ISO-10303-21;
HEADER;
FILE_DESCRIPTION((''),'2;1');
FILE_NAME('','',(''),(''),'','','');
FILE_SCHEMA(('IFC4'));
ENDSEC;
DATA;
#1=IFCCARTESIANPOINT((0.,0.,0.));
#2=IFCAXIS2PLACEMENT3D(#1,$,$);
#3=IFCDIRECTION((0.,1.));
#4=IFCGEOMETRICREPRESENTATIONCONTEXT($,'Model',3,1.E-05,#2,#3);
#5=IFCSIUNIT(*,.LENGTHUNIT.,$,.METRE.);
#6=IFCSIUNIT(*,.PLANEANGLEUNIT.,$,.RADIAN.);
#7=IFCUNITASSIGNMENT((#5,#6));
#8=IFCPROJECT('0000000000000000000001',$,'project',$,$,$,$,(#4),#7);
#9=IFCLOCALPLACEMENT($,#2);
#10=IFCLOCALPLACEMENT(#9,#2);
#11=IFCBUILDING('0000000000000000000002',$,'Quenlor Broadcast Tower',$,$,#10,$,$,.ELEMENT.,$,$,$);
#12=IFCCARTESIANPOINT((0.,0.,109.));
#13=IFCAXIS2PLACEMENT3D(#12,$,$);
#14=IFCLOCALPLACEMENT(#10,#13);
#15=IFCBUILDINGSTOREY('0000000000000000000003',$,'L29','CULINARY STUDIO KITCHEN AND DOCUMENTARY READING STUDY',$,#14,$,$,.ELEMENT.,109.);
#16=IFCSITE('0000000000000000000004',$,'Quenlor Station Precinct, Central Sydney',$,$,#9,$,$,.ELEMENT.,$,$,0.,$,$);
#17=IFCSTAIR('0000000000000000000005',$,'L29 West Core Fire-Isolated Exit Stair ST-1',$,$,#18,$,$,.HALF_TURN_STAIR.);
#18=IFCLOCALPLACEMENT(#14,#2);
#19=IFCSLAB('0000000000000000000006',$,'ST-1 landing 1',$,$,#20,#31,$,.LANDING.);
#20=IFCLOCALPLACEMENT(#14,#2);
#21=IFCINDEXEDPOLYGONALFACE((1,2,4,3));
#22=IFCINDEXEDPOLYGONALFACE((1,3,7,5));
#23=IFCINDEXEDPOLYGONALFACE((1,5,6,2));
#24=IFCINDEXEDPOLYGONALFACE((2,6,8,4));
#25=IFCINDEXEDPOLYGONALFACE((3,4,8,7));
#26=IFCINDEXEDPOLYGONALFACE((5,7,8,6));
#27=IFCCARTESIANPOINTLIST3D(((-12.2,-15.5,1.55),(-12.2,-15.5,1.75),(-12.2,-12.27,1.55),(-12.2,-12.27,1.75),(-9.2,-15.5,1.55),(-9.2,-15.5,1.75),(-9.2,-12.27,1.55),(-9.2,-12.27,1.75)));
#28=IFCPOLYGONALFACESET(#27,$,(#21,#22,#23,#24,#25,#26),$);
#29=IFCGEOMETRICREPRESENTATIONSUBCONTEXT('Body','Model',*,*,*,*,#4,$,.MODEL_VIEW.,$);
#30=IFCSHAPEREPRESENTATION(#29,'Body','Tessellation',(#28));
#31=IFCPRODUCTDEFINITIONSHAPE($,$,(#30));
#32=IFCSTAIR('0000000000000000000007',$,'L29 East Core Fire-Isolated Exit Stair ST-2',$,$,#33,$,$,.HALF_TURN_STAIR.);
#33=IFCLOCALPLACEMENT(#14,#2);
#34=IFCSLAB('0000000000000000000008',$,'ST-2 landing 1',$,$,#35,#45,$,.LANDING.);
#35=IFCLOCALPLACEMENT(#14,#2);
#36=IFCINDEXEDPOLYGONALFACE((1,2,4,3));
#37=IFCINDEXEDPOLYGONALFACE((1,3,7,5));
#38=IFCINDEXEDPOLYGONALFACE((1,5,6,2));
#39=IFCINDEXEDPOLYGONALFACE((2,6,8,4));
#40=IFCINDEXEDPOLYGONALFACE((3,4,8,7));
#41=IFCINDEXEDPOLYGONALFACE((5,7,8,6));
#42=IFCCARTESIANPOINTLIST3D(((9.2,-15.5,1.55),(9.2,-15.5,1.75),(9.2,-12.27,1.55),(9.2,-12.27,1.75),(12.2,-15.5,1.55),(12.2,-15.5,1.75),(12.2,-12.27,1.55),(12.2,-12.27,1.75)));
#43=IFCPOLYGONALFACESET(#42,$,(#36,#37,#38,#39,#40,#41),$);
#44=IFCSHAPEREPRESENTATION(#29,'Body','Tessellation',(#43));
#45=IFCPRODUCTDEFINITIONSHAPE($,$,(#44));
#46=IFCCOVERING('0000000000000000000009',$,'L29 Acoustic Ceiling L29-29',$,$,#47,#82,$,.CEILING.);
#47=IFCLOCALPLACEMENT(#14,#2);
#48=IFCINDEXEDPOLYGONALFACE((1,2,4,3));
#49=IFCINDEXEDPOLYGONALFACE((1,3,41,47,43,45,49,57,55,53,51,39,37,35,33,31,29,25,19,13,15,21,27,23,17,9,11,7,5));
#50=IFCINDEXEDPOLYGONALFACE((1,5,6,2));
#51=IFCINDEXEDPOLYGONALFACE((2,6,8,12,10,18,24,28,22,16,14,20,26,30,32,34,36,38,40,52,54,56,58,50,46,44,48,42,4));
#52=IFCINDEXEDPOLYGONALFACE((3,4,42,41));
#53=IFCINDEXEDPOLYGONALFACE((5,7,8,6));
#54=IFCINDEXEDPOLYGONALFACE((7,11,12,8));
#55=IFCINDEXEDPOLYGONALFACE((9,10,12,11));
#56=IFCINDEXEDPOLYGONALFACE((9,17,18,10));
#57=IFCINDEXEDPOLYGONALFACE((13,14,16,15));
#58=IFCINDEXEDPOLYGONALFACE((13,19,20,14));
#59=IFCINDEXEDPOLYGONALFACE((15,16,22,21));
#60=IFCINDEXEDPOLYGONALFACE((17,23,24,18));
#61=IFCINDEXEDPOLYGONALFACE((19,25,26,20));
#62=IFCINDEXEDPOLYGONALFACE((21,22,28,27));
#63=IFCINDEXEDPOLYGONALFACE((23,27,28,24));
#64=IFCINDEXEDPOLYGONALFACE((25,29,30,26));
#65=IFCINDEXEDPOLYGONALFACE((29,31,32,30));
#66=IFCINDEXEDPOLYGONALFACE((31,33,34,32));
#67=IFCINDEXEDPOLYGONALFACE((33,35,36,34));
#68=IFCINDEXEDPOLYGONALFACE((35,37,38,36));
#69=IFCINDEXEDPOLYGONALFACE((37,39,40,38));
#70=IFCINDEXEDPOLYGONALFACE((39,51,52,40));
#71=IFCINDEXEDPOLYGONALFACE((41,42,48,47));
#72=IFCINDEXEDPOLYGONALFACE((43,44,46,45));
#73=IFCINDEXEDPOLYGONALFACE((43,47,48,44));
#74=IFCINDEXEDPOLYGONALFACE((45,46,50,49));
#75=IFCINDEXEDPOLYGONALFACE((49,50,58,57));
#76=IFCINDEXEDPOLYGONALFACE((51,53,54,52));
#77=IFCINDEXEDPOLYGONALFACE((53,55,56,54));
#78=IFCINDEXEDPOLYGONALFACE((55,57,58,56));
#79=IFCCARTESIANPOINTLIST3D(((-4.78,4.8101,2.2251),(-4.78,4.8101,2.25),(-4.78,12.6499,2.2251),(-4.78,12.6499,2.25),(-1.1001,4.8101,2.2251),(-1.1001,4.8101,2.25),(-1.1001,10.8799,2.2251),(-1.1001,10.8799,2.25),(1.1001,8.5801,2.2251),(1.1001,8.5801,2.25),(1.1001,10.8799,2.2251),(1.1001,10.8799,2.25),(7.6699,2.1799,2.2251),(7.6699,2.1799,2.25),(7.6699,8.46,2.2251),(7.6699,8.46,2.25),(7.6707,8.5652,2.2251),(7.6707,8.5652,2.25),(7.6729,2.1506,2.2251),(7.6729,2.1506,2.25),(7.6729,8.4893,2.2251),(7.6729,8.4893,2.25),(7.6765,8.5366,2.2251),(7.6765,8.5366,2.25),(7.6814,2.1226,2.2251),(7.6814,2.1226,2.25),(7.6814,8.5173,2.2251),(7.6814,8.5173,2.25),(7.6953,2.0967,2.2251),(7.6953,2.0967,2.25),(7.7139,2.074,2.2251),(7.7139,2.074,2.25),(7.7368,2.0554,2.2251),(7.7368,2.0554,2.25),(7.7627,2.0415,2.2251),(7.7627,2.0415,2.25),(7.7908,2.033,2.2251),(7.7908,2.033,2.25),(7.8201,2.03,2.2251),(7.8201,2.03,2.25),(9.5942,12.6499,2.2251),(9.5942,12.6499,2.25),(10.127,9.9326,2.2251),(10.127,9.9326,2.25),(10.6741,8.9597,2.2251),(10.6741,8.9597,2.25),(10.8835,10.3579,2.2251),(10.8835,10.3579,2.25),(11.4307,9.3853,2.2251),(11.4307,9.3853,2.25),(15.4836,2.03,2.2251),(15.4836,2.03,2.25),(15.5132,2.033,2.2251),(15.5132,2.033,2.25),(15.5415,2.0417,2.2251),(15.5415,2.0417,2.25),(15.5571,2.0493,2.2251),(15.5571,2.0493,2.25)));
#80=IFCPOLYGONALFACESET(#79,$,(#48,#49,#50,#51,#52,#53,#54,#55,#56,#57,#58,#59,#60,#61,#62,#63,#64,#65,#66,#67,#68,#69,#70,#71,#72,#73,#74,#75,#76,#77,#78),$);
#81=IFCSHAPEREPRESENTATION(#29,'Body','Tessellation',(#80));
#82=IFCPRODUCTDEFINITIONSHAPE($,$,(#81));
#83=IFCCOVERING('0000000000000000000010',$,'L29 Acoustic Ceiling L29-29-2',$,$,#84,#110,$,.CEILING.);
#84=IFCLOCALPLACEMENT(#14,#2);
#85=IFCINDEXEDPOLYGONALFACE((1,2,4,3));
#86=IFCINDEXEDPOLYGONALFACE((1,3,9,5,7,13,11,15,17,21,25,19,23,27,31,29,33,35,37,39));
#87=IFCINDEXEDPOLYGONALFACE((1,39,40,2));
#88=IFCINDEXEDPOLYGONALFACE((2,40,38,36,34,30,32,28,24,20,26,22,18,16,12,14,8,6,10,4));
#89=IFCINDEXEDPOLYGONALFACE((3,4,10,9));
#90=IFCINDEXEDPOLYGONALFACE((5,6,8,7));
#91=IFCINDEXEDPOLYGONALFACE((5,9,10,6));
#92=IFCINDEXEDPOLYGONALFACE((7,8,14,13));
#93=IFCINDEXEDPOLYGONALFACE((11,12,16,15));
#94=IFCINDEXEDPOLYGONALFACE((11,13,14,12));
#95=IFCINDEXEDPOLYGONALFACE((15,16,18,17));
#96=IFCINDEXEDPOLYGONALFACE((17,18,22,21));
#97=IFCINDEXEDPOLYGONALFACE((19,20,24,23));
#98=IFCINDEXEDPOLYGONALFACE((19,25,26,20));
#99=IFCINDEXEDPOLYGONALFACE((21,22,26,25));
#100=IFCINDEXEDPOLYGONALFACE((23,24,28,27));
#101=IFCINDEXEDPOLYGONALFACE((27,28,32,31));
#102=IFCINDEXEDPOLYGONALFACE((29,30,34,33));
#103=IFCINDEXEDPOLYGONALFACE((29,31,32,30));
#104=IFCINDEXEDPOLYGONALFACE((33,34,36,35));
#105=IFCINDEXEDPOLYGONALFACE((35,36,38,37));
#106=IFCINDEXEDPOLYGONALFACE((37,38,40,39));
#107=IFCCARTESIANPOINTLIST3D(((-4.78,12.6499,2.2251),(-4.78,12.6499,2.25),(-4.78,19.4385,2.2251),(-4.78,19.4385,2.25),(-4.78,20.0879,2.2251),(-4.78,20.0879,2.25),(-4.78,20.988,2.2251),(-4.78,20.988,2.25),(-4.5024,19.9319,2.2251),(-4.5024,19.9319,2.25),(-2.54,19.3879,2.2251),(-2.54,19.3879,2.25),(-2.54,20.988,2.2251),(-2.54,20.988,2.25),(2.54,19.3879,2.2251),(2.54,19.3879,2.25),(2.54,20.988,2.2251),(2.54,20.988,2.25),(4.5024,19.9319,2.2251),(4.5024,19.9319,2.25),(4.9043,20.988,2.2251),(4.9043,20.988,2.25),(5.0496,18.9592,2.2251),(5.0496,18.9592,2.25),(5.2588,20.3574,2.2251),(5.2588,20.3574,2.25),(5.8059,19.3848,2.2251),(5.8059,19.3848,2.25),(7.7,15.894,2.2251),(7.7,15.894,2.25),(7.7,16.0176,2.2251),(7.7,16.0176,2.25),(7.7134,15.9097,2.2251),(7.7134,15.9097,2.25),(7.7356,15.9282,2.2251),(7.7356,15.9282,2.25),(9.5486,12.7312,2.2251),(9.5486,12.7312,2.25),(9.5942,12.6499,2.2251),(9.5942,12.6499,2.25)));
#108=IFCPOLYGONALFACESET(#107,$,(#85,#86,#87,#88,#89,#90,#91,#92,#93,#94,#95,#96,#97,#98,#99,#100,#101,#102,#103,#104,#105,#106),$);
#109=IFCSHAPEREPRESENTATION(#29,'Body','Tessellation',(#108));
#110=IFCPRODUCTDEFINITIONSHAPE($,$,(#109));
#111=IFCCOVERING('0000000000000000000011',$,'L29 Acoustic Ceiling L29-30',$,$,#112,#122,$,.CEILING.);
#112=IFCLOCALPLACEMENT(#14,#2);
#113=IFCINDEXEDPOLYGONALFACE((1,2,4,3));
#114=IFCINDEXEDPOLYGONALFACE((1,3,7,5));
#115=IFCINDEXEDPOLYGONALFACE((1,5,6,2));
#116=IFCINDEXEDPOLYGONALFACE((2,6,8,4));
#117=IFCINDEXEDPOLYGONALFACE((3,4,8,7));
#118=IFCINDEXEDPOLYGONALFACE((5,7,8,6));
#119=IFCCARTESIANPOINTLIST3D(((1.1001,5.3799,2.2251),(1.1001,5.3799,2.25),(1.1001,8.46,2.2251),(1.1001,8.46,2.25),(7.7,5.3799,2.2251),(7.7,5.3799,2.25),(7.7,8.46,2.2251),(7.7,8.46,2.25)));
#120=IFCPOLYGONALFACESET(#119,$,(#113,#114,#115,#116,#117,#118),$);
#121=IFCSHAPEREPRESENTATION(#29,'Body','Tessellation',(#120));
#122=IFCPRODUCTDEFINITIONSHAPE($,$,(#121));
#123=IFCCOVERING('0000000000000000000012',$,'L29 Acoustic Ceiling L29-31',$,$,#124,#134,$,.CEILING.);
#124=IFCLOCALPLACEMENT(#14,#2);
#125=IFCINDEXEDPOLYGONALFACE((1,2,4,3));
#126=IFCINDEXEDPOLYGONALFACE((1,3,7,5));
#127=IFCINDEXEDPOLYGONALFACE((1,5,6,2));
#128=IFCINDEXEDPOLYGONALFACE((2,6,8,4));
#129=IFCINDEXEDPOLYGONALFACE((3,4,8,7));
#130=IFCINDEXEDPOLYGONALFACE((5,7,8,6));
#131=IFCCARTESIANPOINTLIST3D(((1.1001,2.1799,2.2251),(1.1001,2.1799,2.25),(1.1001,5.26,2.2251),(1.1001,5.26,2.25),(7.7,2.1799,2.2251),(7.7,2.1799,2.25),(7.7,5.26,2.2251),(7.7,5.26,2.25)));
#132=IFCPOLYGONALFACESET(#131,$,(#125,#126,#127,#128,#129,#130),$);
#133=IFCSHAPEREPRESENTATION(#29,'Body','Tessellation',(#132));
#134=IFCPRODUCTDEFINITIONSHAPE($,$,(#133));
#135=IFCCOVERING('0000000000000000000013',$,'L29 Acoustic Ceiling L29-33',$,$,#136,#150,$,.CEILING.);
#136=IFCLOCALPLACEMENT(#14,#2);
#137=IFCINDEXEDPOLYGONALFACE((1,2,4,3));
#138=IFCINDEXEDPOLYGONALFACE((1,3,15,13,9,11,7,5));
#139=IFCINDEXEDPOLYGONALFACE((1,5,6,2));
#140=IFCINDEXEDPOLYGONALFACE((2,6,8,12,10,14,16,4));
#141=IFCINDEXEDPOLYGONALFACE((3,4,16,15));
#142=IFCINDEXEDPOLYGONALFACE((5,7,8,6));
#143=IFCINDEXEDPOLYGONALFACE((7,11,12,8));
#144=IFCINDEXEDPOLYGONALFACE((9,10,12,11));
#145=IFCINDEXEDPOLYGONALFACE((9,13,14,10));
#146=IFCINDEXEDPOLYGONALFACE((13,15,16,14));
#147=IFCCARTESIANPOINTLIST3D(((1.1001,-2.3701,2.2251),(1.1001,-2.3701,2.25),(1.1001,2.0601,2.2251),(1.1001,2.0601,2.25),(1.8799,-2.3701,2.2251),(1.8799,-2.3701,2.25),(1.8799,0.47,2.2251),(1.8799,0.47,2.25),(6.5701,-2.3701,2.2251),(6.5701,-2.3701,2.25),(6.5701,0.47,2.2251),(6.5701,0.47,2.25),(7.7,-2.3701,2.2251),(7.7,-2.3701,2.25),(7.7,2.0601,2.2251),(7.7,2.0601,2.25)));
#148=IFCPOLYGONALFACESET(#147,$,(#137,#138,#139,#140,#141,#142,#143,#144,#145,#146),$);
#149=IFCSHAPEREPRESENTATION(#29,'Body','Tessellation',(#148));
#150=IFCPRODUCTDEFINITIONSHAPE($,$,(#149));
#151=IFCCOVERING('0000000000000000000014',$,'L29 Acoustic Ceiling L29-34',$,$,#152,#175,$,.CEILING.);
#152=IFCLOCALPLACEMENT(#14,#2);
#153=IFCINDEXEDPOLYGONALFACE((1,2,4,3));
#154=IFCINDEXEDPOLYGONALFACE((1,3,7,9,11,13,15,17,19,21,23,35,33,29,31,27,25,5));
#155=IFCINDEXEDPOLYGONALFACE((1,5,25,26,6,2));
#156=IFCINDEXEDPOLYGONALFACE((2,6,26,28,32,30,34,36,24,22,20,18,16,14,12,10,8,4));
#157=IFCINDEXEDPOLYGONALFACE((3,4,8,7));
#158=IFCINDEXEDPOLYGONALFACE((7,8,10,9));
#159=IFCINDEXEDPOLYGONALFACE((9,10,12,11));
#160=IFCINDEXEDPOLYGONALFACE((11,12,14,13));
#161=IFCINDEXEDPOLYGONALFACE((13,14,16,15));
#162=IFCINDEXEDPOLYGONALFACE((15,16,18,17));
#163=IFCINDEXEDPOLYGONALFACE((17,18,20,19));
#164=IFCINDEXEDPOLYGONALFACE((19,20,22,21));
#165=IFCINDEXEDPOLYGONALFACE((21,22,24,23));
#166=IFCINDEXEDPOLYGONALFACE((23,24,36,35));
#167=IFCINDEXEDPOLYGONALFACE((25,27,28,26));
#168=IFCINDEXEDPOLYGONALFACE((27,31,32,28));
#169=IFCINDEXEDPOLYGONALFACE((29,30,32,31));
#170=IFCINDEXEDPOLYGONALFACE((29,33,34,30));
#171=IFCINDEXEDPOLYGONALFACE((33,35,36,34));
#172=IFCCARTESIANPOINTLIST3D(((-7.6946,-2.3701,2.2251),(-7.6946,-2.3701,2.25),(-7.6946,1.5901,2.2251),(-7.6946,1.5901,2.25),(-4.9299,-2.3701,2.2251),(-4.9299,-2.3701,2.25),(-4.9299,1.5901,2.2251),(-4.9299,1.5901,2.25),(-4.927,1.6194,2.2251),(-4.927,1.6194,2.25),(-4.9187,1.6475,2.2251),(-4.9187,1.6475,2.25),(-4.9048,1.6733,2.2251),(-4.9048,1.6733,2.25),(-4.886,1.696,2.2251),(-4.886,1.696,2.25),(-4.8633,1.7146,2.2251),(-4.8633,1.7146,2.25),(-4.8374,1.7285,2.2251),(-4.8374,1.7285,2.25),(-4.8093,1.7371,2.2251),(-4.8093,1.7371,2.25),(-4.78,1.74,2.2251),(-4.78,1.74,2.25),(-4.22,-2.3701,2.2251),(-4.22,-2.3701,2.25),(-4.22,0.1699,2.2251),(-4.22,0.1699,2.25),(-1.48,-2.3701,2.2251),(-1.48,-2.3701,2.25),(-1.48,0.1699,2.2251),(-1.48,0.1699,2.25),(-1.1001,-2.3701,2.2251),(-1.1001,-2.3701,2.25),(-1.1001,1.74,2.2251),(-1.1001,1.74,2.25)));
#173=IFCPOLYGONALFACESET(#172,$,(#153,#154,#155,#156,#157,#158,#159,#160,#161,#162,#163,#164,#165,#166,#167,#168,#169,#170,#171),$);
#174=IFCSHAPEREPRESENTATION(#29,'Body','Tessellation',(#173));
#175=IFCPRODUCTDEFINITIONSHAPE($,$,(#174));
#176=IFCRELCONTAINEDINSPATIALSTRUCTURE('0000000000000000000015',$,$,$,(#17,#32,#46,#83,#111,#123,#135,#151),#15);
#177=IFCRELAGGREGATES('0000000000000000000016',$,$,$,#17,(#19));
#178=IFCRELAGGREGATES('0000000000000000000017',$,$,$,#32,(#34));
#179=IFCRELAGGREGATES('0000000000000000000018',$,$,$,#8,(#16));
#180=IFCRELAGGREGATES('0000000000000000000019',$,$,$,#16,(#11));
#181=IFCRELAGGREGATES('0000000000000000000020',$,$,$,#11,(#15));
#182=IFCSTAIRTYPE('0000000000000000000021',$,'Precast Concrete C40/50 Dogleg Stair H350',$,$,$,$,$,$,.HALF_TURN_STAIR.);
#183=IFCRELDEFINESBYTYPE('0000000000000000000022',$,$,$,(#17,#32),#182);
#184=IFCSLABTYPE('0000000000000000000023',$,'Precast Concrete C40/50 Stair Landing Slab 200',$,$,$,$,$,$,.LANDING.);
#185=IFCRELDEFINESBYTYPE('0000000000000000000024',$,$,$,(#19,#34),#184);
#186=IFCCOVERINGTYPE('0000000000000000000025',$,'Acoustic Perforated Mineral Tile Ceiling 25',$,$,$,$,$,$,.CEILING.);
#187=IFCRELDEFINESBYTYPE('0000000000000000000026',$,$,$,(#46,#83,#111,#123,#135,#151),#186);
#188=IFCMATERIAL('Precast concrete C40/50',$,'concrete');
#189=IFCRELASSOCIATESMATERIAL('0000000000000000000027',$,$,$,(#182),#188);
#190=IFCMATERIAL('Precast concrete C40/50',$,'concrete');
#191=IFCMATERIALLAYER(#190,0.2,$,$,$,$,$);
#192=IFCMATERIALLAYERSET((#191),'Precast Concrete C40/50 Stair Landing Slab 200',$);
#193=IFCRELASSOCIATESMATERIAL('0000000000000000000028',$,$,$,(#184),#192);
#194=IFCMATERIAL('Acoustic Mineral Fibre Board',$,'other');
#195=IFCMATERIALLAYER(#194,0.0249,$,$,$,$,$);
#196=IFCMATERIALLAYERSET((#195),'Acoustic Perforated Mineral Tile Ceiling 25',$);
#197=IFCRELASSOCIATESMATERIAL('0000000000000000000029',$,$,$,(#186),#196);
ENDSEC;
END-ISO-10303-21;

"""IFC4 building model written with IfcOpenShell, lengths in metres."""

from ifc_helpers import new_model, si_unit, direction, frame, origin, place, context, subcontext, project, spatial, polyline, outline, extrude, material, layer, layer_set, type_object, element, aggregate, save


model = new_model("IFC4")

# Units and contexts
model_context = context("Model", 3, precision=1e-05, world=origin(), true_north=direction((0.0, 1.0)))
body_context = subcontext(model_context, "Body", "Model", "MODEL_VIEW")
ifc_project = project(units=[si_unit("LENGTHUNIT", "METRE"), si_unit("PLANEANGLEUNIT", "RADIAN")], contexts=[model_context])

# Site, building, storey
site_placement = place(None, origin())
site = spatial("IfcSite", under=ifc_project, at=site_placement, Name="Quenlor Station Precinct, Central Sydney", CompositionType="ELEMENT", RefElevation=0.0)
building_placement = place(site_placement, origin())
building = spatial("IfcBuilding", under=site, at=building_placement, Name="Quenlor Broadcast Tower", CompositionType="ELEMENT")
storey_placement = place(building_placement, frame((0.0, 0.0, 109.0)))
storey = spatial("IfcBuildingStorey", under=building, at=storey_placement, Name="L29", Description="CULINARY STUDIO KITCHEN AND DOCUMENTARY READING STUDY", CompositionType="ELEMENT", Elevation=109.0)

# Stairs, slabs
ifc_material_1 = material(Name="Precast concrete C40/50", Category="concrete")
stair_type = type_object("IfcStairType", Name="Precast Concrete C40/50 Dogleg Stair H350", PredefinedType="HALF_TURN_STAIR", material=ifc_material_1)
stair_1_placement = place(storey_placement, origin())
stair_1 = element("IfcStair", 1, at=stair_1_placement, inside=storey, type_object=stair_type, Name="L29 West Core Fire-Isolated Exit Stair ST-1", PredefinedType="HALF_TURN_STAIR")
ifc_material_2 = material(Name="Precast concrete C40/50", Category="concrete")
ifc_layer_1 = layer(ifc_material_2, 0.2)
ifc_layer_set_1 = layer_set([ifc_layer_1], Name="Precast Concrete C40/50 Stair Landing Slab 200")
slab_type = type_object("IfcSlabType", Name="Precast Concrete C40/50 Stair Landing Slab 200", PredefinedType="LANDING", material=ifc_layer_set_1)
slab_1_placement = place(storey_placement, frame((0.0, 0.0, 1.55)))
slab_1 = element("IfcSlab", 2, at=slab_1_placement, type_object=slab_type, Name="ST-1 landing 1", PredefinedType="LANDING", context=body_context, shape_type="SweptSolid", body=[
    extrude(outline(polyline([(-12.2, -12.27), (-12.2, -15.5), (-9.2, -15.5), (-9.2, -12.27), (-12.2, -12.27)])), origin(), (0.0, 0.0, 1.0), 0.2),
])
aggregate(stair_1, [slab_1])
stair_2_placement = place(storey_placement, origin())
stair_2 = element("IfcStair", 3, at=stair_2_placement, inside=storey, type_object=stair_type, Name="L29 East Core Fire-Isolated Exit Stair ST-2", PredefinedType="HALF_TURN_STAIR")
slab_2_placement = place(storey_placement, frame((0.0, 0.0, 1.55)))
slab_2 = element("IfcSlab", 4, at=slab_2_placement, type_object=slab_type, Name="ST-2 landing 1", PredefinedType="LANDING", context=body_context, shape_type="SweptSolid", body=[
    extrude(outline(polyline([(9.2, -12.27), (9.2, -15.5), (12.2, -15.5), (12.2, -12.27), (9.2, -12.27)])), origin(), (0.0, 0.0, 1.0), 0.2),
])
aggregate(stair_2, [slab_2])

# Coverings
ifc_material_3 = material(Name="Acoustic Mineral Fibre Board", Category="other")
ifc_layer_2 = layer(ifc_material_3, 0.0249)
ifc_layer_set_2 = layer_set([ifc_layer_2], Name="Acoustic Perforated Mineral Tile Ceiling 25")
covering_type_1 = type_object("IfcCoveringType", Name="Acoustic Perforated Mineral Tile Ceiling 25", PredefinedType="CEILING", material=ifc_layer_set_2)
covering_1_placement = place(storey_placement, frame((0.0, 0.0, 2.2251)))
element("IfcCovering", 5, at=covering_1_placement, inside=storey, type_object=covering_type_1, Name="L29 Acoustic Ceiling L29-29", PredefinedType="CEILING", context=body_context, shape_type="SweptSolid", body=[
    extrude(outline(polyline([(15.4836, 2.03), (7.8201, 2.03), (7.7908, 2.033), (7.7627, 2.0415), (7.7368, 2.0554), (7.7139, 2.074), (7.6953, 2.0967), (7.6814, 2.1226), (7.6729, 2.1506), (7.6699, 2.1799), (7.6699, 8.46), (7.6729, 8.4893), (7.6814, 8.5173), (7.6765, 8.5366), (7.6707, 8.5652), (1.1001, 8.5801), (1.1001, 10.8799), (-1.1001, 10.8799), (-1.1001, 4.8101), (-4.78, 4.8101), (-4.78, 12.6499), (9.5942, 12.6499), (10.8835, 10.3579), (10.127, 9.9326), (10.6741, 8.9597), (11.4307, 9.3853), (15.5571, 2.0493), (15.5415, 2.0417), (15.5132, 2.033), (15.4836, 2.03)])), origin(), (0.0, 0.0, 1.0), 0.0249),
])
covering_2_placement = place(storey_placement, frame((0.0, 0.0, 2.2251)))
element("IfcCovering", 6, at=covering_2_placement, inside=storey, type_object=covering_type_1, Name="L29 Acoustic Ceiling L29-29-2", PredefinedType="CEILING", context=body_context, shape_type="SweptSolid", body=[
    extrude(outline(polyline([(-4.78, 19.4385), (-4.5024, 19.9319), (-4.78, 20.0879), (-4.78, 20.988), (-2.54, 20.988), (-2.54, 19.3879), (2.54, 19.3879), (2.54, 20.988), (4.9043, 20.988), (5.2588, 20.3574), (4.5024, 19.9319), (5.0496, 18.9592), (5.8059, 19.3848), (7.7, 16.0176), (7.7, 15.894), (7.7134, 15.9097), (7.7356, 15.9282), (9.5486, 12.7312), (9.5942, 12.6499), (-4.78, 12.6499), (-4.78, 19.4385)])), origin(), (0.0, 0.0, 1.0), 0.0249),
])
covering_3_placement = place(storey_placement, frame((0.0, 0.0, 2.2251)))
element("IfcCovering", 7, at=covering_3_placement, inside=storey, type_object=covering_type_1, Name="L29 Acoustic Ceiling L29-30", PredefinedType="CEILING", context=body_context, shape_type="SweptSolid", body=[
    extrude(outline(polyline([(1.1001, 8.46), (7.7, 8.46), (7.7, 5.3799), (1.1001, 5.3799), (1.1001, 8.46)])), origin(), (0.0, 0.0, 1.0), 0.0249),
])
covering_4_placement = place(storey_placement, frame((0.0, 0.0, 2.2251)))
element("IfcCovering", 8, at=covering_4_placement, inside=storey, type_object=covering_type_1, Name="L29 Acoustic Ceiling L29-31", PredefinedType="CEILING", context=body_context, shape_type="SweptSolid", body=[
    extrude(outline(polyline([(7.7, 5.26), (7.7, 2.1799), (1.1001, 2.1799), (1.1001, 5.26), (7.7, 5.26)])), origin(), (0.0, 0.0, 1.0), 0.0249),
])
covering_5_placement = place(storey_placement, frame((0.0, 0.0, 2.2251)))
element("IfcCovering", 9, at=covering_5_placement, inside=storey, type_object=covering_type_1, Name="L29 Acoustic Ceiling L29-33", PredefinedType="CEILING", context=body_context, shape_type="SweptSolid", body=[
    extrude(outline(polyline([(1.8799, -2.3701), (1.1001, -2.3701), (1.1001, 2.0601), (7.7, 2.0601), (7.7, -2.3701), (6.5701, -2.3701), (6.5701, 0.47), (1.8799, 0.47), (1.8799, -2.3701)])), origin(), (0.0, 0.0, 1.0), 0.0249),
])
covering_6_placement = place(storey_placement, frame((0.0, 0.0, 2.2251)))
element("IfcCovering", 10, at=covering_6_placement, inside=storey, type_object=covering_type_1, Name="L29 Acoustic Ceiling L29-34", PredefinedType="CEILING", context=body_context, shape_type="SweptSolid", body=[
    extrude(outline(polyline([(-4.9048, 1.6733), (-4.886, 1.696), (-4.8633, 1.7146), (-4.8374, 1.7285), (-4.8093, 1.7371), (-4.78, 1.74), (-1.1001, 1.74), (-1.1001, -2.3701), (-1.48, -2.3701), (-1.48, 0.1699), (-4.22, 0.1699), (-4.22, -2.3701), (-4.9299, -2.3701), (-7.6946, -2.3701), (-7.6946, 1.5901), (-4.9299, 1.5901), (-4.927, 1.6194), (-4.9187, 1.6475), (-4.9048, 1.6733)])), origin(), (0.0, 0.0, 1.0), 0.0249),
])

save(model, "model.ifc")
